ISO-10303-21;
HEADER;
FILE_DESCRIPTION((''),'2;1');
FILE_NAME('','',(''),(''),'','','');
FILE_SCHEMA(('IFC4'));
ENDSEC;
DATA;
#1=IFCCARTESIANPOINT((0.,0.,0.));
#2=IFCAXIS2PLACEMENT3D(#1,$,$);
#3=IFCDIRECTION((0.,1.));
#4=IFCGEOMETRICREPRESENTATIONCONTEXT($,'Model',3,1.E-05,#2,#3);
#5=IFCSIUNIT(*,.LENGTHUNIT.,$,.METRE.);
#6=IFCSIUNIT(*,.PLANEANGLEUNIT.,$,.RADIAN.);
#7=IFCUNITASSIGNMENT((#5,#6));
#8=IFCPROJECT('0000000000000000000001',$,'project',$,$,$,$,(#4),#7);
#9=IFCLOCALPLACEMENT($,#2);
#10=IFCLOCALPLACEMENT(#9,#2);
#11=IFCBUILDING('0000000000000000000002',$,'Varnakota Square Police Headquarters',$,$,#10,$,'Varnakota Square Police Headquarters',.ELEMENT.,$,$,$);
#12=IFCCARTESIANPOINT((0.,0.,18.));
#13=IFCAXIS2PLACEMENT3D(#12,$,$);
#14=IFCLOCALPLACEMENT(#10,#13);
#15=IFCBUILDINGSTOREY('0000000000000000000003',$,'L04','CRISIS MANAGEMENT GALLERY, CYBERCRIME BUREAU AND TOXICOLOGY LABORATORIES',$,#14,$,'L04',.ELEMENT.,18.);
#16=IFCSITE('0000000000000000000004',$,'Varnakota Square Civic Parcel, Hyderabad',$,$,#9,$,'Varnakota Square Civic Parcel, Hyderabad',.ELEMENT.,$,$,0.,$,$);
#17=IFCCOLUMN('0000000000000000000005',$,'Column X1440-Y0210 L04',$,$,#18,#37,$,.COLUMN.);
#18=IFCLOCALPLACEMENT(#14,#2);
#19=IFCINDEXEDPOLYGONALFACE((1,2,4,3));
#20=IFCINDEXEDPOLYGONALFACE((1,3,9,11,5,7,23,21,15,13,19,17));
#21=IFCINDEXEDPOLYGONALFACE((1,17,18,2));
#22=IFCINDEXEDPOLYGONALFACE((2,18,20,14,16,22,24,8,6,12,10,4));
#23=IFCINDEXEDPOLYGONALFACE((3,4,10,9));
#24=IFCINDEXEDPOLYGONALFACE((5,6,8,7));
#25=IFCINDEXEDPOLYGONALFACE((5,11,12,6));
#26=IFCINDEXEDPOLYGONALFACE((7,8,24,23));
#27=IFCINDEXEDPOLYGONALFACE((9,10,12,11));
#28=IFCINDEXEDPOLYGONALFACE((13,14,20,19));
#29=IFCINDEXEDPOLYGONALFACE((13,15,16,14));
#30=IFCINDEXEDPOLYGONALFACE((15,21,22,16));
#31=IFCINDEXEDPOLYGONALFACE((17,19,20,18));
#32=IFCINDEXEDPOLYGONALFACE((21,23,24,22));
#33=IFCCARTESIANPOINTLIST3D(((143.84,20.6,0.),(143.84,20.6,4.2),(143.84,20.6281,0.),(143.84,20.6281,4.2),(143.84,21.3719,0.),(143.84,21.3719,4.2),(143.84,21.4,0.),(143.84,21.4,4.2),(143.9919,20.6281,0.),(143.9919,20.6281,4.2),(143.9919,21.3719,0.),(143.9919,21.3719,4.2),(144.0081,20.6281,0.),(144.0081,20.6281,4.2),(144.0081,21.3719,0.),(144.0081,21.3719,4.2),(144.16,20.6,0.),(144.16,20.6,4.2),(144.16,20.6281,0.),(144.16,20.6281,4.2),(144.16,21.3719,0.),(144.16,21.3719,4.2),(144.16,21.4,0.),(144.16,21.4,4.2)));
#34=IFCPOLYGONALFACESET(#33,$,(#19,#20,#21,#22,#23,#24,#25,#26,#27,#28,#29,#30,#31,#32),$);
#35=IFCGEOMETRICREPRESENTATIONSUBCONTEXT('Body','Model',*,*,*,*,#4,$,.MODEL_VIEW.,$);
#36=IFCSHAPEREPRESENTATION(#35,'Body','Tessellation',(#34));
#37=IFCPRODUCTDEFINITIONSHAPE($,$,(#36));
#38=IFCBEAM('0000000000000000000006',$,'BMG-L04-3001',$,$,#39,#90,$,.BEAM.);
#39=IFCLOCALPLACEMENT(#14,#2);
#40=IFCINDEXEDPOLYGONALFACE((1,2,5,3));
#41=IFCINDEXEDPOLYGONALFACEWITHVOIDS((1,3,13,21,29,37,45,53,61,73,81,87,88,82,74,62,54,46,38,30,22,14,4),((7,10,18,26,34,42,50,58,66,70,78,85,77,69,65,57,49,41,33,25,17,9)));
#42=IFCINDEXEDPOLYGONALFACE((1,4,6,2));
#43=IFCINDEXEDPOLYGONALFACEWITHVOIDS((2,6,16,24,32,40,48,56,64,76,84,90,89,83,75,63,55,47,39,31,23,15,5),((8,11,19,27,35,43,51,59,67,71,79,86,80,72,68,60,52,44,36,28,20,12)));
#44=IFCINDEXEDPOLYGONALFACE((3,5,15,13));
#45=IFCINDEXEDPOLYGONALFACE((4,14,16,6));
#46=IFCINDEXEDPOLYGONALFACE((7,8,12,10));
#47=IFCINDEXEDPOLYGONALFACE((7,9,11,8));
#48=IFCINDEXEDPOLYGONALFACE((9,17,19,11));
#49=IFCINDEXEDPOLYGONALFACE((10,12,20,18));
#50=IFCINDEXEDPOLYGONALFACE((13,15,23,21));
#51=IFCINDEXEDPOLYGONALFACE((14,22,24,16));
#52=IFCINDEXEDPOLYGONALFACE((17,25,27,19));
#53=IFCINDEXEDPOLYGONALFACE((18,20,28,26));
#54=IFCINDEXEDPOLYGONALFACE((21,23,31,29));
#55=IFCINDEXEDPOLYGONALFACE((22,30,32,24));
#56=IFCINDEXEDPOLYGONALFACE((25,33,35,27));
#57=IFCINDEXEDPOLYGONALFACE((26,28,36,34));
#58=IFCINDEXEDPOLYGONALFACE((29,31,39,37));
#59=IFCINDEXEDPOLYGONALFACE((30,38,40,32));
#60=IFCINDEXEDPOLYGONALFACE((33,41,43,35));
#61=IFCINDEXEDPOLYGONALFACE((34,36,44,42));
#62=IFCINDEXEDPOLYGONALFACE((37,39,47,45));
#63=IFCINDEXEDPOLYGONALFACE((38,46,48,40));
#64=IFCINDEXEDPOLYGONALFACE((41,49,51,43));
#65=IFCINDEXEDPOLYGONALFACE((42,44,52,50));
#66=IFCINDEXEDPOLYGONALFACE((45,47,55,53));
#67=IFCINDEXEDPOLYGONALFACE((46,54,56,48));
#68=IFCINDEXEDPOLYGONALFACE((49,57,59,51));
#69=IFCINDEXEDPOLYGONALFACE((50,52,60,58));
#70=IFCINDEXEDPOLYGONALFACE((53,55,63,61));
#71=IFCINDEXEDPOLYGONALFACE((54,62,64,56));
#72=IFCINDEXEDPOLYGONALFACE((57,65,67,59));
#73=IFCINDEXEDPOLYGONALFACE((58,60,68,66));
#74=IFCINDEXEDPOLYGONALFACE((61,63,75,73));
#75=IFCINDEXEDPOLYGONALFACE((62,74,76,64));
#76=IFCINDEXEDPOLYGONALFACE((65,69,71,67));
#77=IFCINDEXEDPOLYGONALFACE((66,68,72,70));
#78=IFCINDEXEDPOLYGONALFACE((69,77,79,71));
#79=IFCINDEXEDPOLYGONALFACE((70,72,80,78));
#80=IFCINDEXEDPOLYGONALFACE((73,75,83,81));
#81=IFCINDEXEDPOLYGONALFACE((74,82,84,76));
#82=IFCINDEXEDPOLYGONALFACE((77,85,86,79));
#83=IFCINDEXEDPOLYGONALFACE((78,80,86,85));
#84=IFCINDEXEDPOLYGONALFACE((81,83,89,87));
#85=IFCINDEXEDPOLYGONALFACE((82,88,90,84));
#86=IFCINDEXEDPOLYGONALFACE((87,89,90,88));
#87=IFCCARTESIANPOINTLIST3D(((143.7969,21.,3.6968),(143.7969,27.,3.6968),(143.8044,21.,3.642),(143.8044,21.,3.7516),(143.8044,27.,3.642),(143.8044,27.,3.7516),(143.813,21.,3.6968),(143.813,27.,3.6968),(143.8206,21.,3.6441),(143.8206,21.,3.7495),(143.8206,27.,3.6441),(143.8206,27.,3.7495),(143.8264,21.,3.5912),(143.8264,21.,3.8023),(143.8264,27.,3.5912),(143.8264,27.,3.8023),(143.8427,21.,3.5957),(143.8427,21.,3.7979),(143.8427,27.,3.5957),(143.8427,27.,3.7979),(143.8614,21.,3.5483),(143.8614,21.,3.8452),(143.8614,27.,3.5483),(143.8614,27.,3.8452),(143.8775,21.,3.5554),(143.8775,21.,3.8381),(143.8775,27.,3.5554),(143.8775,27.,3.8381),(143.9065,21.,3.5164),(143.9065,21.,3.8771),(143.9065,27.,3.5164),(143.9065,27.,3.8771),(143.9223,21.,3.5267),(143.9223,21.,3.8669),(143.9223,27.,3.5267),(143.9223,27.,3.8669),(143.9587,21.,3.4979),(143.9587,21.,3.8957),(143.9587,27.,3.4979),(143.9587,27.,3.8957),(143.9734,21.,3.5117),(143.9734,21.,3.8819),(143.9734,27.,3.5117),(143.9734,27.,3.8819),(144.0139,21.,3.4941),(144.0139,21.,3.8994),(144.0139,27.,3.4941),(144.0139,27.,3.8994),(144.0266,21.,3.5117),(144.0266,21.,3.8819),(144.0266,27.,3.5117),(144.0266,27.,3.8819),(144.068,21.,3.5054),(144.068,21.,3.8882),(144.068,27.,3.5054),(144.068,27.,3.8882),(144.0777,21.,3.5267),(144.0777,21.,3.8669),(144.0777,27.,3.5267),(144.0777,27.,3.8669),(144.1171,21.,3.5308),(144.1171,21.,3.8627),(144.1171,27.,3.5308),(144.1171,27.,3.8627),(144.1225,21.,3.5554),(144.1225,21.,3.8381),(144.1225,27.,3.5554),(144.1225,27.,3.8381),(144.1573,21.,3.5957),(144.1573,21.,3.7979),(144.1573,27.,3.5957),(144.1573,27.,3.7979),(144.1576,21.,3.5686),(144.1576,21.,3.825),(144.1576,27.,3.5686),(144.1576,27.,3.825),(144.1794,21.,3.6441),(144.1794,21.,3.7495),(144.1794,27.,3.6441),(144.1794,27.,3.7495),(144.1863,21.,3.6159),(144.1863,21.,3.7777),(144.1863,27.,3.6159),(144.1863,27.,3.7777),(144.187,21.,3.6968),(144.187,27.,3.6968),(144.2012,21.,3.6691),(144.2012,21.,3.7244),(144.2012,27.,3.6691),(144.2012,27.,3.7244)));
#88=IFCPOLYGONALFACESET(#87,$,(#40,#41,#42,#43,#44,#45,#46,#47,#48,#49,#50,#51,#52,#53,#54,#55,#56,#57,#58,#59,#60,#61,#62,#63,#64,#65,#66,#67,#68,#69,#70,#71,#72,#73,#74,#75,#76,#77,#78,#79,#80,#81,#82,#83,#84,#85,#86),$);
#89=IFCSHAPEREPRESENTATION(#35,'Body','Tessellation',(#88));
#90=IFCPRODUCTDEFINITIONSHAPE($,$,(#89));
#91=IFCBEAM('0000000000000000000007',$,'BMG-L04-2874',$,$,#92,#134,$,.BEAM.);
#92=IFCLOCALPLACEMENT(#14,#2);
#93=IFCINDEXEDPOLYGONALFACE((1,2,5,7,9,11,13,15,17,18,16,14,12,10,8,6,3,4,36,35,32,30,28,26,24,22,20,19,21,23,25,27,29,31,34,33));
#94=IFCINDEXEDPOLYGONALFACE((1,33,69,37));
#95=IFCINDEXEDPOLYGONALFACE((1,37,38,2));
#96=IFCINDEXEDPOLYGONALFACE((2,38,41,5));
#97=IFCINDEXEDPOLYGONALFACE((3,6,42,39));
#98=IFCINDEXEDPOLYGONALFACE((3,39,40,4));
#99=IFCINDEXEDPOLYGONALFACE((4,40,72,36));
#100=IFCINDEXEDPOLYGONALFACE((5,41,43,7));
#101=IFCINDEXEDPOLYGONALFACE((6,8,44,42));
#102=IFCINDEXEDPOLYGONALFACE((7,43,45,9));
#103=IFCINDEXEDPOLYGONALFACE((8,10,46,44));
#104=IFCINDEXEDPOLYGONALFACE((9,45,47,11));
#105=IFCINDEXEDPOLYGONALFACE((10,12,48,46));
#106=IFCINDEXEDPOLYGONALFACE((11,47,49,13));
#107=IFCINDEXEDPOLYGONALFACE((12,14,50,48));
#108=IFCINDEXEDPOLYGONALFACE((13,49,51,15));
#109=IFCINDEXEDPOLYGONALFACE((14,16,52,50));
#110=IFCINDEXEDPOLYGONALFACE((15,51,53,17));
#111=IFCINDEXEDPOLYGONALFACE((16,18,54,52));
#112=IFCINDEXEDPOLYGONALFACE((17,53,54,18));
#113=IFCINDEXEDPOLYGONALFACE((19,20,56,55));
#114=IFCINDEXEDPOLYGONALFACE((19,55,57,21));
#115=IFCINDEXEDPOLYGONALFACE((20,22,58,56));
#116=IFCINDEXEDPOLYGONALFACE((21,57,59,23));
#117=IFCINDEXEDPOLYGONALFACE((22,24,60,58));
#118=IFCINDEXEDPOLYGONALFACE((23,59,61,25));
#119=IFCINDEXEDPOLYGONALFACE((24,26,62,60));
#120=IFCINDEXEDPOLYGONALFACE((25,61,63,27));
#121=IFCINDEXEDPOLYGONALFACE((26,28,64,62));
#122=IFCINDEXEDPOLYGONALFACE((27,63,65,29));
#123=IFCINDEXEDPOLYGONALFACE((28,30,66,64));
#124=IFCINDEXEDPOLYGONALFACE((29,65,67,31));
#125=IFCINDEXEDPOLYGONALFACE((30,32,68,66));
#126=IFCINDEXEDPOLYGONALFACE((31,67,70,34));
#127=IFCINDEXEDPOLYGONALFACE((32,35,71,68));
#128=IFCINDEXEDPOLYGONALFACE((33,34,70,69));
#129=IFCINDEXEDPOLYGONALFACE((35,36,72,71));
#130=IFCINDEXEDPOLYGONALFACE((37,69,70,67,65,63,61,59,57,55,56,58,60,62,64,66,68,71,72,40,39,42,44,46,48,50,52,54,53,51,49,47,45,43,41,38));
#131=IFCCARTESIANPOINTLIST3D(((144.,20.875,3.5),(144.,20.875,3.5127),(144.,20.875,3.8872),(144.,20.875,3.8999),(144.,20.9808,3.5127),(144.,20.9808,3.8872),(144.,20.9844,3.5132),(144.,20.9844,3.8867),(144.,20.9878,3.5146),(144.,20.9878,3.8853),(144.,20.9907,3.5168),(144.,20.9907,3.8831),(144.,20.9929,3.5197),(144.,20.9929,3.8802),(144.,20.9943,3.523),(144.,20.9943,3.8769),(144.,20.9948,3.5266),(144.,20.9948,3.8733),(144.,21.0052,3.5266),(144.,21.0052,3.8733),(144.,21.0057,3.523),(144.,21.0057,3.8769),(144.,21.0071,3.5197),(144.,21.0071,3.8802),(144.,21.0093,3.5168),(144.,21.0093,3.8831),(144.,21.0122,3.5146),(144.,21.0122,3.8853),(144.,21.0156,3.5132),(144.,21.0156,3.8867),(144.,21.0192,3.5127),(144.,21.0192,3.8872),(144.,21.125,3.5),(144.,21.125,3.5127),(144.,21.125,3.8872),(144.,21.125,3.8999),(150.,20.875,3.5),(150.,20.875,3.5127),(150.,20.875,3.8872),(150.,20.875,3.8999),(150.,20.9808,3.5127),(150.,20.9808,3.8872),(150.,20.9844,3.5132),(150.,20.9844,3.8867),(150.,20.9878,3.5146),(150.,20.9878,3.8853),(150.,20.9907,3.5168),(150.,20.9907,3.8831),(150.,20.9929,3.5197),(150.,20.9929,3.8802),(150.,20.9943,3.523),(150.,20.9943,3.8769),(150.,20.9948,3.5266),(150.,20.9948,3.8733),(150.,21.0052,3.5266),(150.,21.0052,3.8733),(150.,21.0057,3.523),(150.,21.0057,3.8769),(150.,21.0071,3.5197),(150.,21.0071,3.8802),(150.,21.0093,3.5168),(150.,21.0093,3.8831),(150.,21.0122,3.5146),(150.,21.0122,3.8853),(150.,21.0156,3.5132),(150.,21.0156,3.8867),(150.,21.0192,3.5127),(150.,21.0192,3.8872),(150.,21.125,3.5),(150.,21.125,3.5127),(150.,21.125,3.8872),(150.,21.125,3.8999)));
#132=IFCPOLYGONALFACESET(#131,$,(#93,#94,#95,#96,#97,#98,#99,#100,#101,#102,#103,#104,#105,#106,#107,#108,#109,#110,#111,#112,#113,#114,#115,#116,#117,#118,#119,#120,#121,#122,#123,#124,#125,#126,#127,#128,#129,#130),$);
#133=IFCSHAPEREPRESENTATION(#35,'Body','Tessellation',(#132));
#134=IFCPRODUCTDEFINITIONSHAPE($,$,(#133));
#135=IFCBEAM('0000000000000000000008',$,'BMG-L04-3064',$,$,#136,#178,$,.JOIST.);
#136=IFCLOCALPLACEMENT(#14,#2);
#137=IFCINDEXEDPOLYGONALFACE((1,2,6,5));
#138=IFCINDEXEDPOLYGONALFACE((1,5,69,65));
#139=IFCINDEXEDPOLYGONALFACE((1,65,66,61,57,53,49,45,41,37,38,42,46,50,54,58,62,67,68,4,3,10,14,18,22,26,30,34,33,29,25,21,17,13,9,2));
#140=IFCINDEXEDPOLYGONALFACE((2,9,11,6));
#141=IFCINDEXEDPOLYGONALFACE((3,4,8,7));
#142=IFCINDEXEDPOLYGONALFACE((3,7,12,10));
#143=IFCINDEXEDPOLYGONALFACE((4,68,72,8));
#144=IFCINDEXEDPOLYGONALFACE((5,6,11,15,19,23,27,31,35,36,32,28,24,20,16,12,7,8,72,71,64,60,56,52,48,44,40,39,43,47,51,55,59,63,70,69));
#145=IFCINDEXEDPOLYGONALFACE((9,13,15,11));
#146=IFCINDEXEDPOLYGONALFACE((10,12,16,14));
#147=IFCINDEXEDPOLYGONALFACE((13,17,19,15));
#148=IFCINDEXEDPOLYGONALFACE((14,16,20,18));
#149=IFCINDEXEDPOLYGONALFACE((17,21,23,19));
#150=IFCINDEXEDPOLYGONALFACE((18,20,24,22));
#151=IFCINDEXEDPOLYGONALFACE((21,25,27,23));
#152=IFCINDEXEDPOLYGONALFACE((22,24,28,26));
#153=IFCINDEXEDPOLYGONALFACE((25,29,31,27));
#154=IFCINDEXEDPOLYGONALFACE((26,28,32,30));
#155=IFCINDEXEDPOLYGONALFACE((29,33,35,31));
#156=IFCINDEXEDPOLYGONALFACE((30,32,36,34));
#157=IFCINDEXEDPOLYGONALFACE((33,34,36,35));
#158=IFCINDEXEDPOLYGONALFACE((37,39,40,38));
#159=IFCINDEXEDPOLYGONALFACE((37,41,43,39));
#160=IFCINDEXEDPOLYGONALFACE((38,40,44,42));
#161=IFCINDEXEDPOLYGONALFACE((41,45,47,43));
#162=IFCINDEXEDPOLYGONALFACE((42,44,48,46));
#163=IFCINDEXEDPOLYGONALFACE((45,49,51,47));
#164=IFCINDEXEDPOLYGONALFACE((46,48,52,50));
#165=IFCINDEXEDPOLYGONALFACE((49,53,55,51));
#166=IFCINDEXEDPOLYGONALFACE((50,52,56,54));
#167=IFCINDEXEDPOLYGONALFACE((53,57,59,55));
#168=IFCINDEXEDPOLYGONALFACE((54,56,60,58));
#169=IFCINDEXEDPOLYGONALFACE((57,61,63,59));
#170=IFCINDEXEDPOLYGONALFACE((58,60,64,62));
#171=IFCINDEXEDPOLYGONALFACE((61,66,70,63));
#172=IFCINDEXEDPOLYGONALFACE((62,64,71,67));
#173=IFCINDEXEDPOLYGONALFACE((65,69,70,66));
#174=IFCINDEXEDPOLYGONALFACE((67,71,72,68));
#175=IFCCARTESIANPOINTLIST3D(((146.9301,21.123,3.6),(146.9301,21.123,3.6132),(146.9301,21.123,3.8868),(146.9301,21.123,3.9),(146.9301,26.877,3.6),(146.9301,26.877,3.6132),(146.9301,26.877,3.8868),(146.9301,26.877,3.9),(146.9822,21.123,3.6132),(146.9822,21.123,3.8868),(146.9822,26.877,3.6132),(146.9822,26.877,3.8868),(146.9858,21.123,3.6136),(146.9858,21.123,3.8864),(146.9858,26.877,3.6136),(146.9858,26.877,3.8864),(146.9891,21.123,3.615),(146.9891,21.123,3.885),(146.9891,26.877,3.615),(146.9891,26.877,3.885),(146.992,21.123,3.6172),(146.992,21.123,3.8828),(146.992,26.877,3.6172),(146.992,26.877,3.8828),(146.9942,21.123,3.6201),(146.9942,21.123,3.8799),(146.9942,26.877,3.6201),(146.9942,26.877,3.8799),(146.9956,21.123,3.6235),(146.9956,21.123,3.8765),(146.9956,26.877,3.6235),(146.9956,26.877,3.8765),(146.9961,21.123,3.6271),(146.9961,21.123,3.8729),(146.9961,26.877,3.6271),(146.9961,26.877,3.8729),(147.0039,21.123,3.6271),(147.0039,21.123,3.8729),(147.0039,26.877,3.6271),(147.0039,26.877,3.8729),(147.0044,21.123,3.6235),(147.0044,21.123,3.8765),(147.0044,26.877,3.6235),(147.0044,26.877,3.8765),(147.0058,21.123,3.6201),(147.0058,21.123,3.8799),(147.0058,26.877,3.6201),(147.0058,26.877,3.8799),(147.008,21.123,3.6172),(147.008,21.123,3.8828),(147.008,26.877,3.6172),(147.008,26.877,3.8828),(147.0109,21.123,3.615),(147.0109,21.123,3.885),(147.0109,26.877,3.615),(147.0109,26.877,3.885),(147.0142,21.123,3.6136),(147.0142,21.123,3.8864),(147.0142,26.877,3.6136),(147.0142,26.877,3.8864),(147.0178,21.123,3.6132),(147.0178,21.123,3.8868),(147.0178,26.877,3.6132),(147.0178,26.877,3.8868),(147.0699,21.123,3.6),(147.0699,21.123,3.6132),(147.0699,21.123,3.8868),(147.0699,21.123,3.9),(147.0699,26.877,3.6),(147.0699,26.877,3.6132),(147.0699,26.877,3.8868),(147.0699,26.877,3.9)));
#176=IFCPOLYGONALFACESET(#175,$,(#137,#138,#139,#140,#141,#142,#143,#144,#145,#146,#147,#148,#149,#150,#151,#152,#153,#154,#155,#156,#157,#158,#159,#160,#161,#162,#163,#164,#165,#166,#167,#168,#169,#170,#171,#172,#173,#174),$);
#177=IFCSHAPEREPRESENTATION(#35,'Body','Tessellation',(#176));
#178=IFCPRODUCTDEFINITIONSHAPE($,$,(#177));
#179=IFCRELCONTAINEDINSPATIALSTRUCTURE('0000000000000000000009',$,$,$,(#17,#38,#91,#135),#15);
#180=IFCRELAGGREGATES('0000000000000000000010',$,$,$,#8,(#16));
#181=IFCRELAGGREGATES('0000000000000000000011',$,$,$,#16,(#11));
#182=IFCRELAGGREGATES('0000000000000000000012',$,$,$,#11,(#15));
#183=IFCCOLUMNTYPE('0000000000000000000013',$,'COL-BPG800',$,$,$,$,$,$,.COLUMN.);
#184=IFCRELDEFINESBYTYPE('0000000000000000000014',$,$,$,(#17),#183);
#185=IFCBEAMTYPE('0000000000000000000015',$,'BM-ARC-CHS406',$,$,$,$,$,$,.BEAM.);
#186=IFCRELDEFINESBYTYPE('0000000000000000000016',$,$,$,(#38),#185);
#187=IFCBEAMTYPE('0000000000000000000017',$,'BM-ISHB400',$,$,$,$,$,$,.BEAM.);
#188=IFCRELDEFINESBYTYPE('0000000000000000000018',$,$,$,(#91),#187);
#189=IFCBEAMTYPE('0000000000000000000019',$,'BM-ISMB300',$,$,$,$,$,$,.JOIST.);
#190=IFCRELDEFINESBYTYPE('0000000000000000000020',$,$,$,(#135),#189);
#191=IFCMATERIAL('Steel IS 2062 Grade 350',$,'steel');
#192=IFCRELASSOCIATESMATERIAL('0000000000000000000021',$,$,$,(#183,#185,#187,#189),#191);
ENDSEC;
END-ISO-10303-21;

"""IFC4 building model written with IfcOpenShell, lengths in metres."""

from ifc_helpers import new_model, si_unit, direction, frame, origin, origin_2d, place, context, subcontext, project, spatial, hollow_circle, i_section, extrude, material, material_profile, profile_set, type_object, element, save


model = new_model("IFC4")

# Units and contexts
model_context = context("Model", 3, precision=1e-05, world=origin(), true_north=direction((0.0, 1.0)))
body_context = subcontext(model_context, "Body", "Model", "MODEL_VIEW")
ifc_project = project(units=[si_unit("LENGTHUNIT", "METRE"), si_unit("PLANEANGLEUNIT", "RADIAN")], contexts=[model_context])

# Site, building, storey
site_placement = place(None, origin())
site = spatial("IfcSite", under=ifc_project, at=site_placement, Name="Varnakota Square Civic Parcel, Hyderabad", LongName="Varnakota Square Civic Parcel, Hyderabad", CompositionType="ELEMENT", RefElevation=0.0)
building_placement = place(site_placement, origin())
building = spatial("IfcBuilding", under=site, at=building_placement, Name="Varnakota Square Police Headquarters", LongName="Varnakota Square Police Headquarters", CompositionType="ELEMENT")
storey_placement = place(building_placement, frame((0.0, 0.0, 18.0)))
storey = spatial("IfcBuildingStorey", under=building, at=storey_placement, Name="L04", Description="CRISIS MANAGEMENT GALLERY, CYBERCRIME BUREAU AND TOXICOLOGY LABORATORIES", LongName="L04", CompositionType="ELEMENT", Elevation=18.0)

# Column
ifc_material_1 = material(Name="Steel IS 2062 Grade 350", Category="steel")
ifc_material_profile_1 = material_profile(ifc_material_1, i_section(OverallWidth=0.3201, OverallDepth=0.8, WebThickness=0.0161, FlangeThickness=0.0281, at=origin_2d()), Name="BPG 800x320")
ifc_profile_set_1 = profile_set([ifc_material_profile_1], Name="Steel IS 2062 Grade 350")
column_type = type_object("IfcColumnType", Name="COL-BPG800", PredefinedType="COLUMN", material=ifc_profile_set_1)
column_placement = place(storey_placement, frame((144.0, 21.0, 0.0), z_axis=(0.0, 0.0, 1.0), x_axis=(1.0, 0.0, 0.0)))
element("IfcColumn", 1, at=column_placement, inside=storey, type_object=column_type, Name="Column X1440-Y0210 L04", PredefinedType="COLUMN", context=body_context, shape_type="SweptSolid", body=[
    extrude(i_section(OverallWidth=0.3201, OverallDepth=0.8, WebThickness=0.0161, FlangeThickness=0.0281, at=origin_2d()), origin(), (0.0, 0.0, 1.0), 4.2),
])

# Beams
ifc_material_profile_2 = material_profile(ifc_material_1, hollow_circle(Radius=0.2031, WallThickness=0.0161, at=origin_2d()), Name="CHS 406.4x16.0")
ifc_profile_set_2 = profile_set([ifc_material_profile_2], Name="Steel IS 2062 Grade 350")
beam_type_1 = type_object("IfcBeamType", Name="BM-ARC-CHS406", PredefinedType="BEAM", material=ifc_profile_set_2)
beam_1_placement = place(storey_placement, frame((144.0, 21.0, 3.6968), z_axis=(0.0, 1.0, 0.0), x_axis=(-1.0, 0.0, 0.0)))
element("IfcBeam", 2, at=beam_1_placement, inside=storey, type_object=beam_type_1, Name="BMG-L04-3001", PredefinedType="BEAM", context=body_context, shape_type="SweptSolid", body=[
    extrude(hollow_circle(Radius=0.2031, WallThickness=0.0161, at=origin_2d()), origin(), (0.0, 0.0, 1.0), 6.0),
])
ifc_material_profile_3 = material_profile(ifc_material_1, i_section(OverallWidth=0.25, OverallDepth=0.3999, WebThickness=0.0105, FlangeThickness=0.0127, FilletRadius=0.0139, at=origin_2d()), Name="ISHB 400")
ifc_profile_set_3 = profile_set([ifc_material_profile_3], Name="Steel IS 2062 Grade 350")
beam_type_2 = type_object("IfcBeamType", Name="BM-ISHB400", PredefinedType="BEAM", material=ifc_profile_set_3)
beam_2_placement = place(storey_placement, frame((144.0, 21.0, 3.7), z_axis=(1.0, 0.0, 0.0), x_axis=(0.0, 1.0, 0.0)))
element("IfcBeam", 3, at=beam_2_placement, inside=storey, type_object=beam_type_2, Name="BMG-L04-2874", PredefinedType="BEAM", context=body_context, shape_type="SweptSolid", body=[
    extrude(i_section(OverallWidth=0.25, OverallDepth=0.3999, WebThickness=0.0105, FlangeThickness=0.0127, FilletRadius=0.0139, at=origin_2d()), origin(), (0.0, 0.0, 1.0), 6.0),
])
ifc_material_profile_4 = material_profile(ifc_material_1, i_section(OverallWidth=0.1399, OverallDepth=0.3, WebThickness=0.0078, FlangeThickness=0.0132, FilletRadius=0.0139, at=origin_2d()), Name="ISMB 300")
ifc_profile_set_4 = profile_set([ifc_material_profile_4], Name="Steel IS 2062 Grade 350")
beam_type_3 = type_object("IfcBeamType", Name="BM-ISMB300", PredefinedType="JOIST", material=ifc_profile_set_4)
beam_3_placement = place(storey_placement, frame((147.0, 21.123, 3.75), z_axis=(0.0, 1.0, 0.0), x_axis=(-1.0, 0.0, 0.0)))
element("IfcBeam", 4, at=beam_3_placement, inside=storey, type_object=beam_type_3, Name="BMG-L04-3064", PredefinedType="JOIST", context=body_context, shape_type="SweptSolid", body=[
    extrude(i_section(OverallWidth=0.1399, OverallDepth=0.3, WebThickness=0.0078, FlangeThickness=0.0132, FilletRadius=0.0139, at=origin_2d()), origin(), (0.0, 0.0, 1.0), 5.7539),
])

save(model, "model.ifc")
